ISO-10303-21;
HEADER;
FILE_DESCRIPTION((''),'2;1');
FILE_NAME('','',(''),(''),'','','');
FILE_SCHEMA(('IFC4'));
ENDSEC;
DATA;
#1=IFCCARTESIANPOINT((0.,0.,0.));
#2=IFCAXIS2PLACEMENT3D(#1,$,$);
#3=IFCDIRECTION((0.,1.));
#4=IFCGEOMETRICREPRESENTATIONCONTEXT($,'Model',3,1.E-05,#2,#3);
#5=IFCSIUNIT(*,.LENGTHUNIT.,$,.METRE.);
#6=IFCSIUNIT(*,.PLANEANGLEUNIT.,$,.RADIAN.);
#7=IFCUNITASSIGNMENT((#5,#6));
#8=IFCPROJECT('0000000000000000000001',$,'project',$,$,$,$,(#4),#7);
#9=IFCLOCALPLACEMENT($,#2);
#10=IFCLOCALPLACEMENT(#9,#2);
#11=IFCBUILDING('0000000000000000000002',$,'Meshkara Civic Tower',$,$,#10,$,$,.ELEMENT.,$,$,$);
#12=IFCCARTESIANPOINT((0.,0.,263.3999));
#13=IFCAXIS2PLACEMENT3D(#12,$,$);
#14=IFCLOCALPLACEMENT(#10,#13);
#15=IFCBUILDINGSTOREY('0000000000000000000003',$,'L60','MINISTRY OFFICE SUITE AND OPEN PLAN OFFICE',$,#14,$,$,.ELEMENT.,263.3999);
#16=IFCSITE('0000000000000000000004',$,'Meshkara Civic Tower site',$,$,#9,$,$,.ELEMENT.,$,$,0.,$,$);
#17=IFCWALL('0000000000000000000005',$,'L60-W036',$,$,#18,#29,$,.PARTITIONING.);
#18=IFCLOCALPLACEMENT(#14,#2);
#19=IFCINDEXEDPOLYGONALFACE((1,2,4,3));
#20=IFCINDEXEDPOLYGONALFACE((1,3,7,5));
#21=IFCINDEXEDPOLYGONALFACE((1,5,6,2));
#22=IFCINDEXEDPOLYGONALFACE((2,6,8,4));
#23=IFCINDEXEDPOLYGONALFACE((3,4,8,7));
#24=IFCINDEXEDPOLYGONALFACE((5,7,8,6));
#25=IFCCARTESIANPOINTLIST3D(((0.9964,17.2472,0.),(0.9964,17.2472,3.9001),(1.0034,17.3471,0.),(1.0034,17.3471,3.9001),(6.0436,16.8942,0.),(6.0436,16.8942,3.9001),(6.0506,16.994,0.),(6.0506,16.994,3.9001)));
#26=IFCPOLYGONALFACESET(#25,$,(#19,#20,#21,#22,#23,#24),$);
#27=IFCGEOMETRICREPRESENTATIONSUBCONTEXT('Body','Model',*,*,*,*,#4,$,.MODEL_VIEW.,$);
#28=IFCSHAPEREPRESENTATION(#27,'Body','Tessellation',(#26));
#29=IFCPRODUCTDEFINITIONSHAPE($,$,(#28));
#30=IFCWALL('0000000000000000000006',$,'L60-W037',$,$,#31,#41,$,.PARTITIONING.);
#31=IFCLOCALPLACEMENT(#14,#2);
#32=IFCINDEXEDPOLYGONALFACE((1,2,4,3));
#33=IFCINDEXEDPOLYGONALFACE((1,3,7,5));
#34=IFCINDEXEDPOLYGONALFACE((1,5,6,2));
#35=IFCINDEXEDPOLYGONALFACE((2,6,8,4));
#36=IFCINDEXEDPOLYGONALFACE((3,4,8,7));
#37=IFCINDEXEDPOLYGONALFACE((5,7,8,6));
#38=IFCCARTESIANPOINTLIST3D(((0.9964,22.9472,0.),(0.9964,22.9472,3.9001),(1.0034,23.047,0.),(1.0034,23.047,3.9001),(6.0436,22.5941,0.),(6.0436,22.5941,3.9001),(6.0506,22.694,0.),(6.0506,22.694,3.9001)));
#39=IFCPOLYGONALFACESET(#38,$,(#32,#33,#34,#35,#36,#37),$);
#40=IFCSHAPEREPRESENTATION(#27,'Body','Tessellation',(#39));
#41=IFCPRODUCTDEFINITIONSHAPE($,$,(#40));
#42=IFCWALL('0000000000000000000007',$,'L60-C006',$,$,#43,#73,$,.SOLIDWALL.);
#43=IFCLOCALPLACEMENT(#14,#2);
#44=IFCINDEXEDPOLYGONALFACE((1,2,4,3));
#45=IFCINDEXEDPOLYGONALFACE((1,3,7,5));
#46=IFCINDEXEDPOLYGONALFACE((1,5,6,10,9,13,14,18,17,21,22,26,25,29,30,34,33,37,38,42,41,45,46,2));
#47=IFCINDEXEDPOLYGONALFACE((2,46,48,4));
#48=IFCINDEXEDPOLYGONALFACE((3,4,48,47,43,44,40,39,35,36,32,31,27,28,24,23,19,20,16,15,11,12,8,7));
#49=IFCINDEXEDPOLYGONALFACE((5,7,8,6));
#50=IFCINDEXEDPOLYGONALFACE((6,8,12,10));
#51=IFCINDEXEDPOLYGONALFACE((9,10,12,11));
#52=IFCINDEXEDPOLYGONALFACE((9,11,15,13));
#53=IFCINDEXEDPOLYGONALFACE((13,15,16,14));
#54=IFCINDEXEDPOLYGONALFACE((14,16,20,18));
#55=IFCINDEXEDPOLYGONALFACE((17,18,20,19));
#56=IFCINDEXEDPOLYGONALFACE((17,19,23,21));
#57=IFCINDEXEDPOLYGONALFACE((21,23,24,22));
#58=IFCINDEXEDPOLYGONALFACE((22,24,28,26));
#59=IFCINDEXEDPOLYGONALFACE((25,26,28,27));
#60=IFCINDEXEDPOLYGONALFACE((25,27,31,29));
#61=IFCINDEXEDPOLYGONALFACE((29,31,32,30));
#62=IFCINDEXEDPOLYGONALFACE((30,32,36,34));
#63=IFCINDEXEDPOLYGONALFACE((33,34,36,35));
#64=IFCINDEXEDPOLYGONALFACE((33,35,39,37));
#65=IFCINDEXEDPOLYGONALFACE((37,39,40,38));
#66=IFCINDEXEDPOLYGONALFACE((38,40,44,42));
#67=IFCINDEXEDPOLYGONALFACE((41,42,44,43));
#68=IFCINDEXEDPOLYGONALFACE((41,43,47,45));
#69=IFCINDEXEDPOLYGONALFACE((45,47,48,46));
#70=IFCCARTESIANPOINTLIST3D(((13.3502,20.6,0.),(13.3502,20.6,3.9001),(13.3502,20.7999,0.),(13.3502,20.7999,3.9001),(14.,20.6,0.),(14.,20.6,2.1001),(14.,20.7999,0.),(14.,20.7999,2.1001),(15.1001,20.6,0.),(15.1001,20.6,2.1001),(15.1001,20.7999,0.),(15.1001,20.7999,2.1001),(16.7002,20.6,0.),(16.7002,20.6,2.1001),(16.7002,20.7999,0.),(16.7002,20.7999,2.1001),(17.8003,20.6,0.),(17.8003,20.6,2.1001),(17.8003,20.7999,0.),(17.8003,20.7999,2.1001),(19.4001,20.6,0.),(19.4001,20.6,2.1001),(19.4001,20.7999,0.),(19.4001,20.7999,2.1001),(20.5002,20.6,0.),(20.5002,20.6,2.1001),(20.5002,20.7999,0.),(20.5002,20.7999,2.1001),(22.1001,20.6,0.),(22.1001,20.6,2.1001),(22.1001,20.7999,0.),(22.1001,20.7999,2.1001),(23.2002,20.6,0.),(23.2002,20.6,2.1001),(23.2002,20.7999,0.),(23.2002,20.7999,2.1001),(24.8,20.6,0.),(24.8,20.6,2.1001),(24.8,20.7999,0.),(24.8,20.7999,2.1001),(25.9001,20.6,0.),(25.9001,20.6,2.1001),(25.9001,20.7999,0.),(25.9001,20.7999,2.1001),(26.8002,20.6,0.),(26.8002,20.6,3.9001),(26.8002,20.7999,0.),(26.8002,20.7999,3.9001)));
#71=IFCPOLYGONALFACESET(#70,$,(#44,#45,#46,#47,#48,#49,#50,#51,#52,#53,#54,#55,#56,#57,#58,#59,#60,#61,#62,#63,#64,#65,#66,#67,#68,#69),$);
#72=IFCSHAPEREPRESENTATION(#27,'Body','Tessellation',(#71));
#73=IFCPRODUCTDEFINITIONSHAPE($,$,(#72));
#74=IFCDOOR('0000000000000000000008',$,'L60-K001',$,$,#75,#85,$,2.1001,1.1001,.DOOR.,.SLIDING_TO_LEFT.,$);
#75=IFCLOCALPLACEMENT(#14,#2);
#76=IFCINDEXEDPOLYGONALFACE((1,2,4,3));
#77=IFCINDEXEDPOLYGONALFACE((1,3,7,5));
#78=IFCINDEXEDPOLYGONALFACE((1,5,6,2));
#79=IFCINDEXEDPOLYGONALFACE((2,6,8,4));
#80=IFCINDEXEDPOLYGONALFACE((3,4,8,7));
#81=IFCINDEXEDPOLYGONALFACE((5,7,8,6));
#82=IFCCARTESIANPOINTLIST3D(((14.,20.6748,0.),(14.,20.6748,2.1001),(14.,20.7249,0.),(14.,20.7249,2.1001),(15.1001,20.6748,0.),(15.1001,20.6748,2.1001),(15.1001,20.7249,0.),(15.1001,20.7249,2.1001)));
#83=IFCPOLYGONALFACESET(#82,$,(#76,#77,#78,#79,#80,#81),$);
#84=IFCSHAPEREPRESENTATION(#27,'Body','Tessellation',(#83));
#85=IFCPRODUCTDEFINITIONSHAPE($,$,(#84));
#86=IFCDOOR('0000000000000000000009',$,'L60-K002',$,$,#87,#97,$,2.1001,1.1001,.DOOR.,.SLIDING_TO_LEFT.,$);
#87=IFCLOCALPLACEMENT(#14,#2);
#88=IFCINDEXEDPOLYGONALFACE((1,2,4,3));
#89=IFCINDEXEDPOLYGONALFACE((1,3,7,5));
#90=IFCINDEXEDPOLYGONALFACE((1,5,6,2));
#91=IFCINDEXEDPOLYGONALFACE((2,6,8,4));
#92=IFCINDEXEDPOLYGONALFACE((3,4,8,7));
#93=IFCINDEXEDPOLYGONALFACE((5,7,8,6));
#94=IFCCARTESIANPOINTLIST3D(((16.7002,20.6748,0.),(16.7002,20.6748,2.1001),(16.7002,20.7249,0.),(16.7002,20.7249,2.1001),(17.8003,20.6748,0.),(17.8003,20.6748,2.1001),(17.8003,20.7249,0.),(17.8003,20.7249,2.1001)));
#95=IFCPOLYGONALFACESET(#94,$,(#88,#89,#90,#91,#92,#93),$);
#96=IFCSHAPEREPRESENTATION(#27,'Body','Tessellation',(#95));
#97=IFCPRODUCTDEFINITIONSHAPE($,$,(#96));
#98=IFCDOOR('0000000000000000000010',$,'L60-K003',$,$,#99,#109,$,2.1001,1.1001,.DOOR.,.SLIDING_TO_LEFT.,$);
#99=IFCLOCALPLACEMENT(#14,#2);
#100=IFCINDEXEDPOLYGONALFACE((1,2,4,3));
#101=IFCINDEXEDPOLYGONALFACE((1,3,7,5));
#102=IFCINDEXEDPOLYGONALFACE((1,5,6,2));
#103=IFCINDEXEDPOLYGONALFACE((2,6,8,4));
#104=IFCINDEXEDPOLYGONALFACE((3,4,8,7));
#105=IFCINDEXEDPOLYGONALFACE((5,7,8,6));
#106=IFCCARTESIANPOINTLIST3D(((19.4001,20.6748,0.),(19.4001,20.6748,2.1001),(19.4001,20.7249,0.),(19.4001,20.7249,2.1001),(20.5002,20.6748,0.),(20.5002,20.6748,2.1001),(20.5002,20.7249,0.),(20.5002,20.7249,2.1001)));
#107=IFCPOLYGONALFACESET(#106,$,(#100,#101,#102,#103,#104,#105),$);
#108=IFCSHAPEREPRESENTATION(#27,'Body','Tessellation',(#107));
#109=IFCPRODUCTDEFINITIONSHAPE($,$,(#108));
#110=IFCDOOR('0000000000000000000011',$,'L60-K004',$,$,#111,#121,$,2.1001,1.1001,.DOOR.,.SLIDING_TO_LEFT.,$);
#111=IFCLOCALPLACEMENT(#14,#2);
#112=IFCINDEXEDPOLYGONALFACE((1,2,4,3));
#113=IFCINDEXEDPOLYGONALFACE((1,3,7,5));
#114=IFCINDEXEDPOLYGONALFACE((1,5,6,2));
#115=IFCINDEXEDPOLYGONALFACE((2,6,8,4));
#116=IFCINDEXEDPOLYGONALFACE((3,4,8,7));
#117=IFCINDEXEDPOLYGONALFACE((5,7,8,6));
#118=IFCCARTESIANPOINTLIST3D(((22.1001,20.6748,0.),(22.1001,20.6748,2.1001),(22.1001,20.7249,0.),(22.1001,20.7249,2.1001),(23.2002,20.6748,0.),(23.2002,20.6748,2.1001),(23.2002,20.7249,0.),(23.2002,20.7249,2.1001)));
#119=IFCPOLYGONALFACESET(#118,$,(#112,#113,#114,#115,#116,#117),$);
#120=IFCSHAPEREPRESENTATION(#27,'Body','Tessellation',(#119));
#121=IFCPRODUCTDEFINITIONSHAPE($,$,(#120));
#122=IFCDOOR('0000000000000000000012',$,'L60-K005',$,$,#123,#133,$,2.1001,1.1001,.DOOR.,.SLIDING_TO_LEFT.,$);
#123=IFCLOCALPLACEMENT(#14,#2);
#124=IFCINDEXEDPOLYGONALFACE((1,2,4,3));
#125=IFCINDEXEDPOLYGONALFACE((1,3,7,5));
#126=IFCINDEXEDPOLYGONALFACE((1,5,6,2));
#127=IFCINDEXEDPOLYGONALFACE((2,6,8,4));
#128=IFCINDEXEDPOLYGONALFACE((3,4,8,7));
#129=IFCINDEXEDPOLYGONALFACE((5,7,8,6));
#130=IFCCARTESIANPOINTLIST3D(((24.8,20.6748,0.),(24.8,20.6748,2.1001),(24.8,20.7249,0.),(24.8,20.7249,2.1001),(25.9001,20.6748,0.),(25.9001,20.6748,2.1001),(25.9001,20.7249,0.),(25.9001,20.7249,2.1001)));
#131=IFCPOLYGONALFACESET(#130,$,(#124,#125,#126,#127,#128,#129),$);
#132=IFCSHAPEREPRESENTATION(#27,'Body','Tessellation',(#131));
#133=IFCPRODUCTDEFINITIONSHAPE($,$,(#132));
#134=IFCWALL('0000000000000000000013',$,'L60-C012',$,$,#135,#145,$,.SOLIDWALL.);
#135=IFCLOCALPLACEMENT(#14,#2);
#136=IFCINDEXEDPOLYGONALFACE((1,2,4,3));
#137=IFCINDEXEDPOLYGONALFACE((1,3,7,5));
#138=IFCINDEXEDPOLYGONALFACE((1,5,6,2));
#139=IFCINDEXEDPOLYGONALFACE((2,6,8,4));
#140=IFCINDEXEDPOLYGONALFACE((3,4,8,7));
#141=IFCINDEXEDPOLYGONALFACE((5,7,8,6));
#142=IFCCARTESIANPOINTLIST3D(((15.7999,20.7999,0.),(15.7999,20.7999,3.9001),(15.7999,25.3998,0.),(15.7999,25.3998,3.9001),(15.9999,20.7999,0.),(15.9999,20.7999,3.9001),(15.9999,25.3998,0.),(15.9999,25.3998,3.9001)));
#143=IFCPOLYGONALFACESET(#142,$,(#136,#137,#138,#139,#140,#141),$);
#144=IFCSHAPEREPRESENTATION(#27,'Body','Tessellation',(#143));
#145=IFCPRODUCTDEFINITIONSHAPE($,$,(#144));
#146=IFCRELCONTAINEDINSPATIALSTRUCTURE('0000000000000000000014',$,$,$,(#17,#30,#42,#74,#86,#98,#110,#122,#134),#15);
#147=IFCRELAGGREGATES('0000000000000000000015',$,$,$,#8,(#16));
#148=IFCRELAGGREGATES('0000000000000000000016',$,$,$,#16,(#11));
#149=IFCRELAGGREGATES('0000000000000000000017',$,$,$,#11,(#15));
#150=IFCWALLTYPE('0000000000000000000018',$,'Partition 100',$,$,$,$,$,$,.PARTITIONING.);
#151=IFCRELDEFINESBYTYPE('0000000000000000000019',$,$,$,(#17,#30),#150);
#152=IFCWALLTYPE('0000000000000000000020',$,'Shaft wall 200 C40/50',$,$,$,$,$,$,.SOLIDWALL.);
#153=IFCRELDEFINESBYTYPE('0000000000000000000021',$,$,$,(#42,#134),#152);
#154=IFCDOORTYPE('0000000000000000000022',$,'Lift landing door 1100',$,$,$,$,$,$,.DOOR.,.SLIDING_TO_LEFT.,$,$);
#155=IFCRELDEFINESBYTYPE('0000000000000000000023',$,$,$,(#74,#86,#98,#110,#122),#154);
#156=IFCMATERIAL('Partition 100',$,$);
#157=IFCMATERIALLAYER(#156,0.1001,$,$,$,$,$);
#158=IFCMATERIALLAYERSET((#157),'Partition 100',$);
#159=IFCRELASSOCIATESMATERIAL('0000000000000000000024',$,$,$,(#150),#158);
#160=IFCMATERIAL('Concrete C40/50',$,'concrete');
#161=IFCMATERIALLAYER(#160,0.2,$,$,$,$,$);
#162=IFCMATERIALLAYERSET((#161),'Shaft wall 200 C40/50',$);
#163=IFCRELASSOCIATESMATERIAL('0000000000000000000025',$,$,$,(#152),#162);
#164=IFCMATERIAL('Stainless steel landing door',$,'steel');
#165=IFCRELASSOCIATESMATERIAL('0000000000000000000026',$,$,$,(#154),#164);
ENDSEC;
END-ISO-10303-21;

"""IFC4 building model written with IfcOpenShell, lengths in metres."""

from ifc_helpers import new_model, si_unit, direction, frame, frame_2d, origin, place, context, subcontext, project, spatial, rectangle, extrude, material, layer, layer_set, type_object, element, fill, save


model = new_model("IFC4")

# Units and contexts
model_context = context("Model", 3, precision=1e-05, world=origin(), true_north=direction((0.0, 1.0)))
body_context = subcontext(model_context, "Body", "Model", "MODEL_VIEW")
ifc_project = project(units=[si_unit("LENGTHUNIT", "METRE"), si_unit("PLANEANGLEUNIT", "RADIAN")], contexts=[model_context])

# Site, building, storey
site_placement = place(None, origin())
site = spatial("IfcSite", under=ifc_project, at=site_placement, Name="Meshkara Civic Tower site", CompositionType="ELEMENT", RefElevation=0.0)
building_placement = place(site_placement, origin())
building = spatial("IfcBuilding", under=site, at=building_placement, Name="Meshkara Civic Tower", CompositionType="ELEMENT")
storey_placement = place(building_placement, frame((0.0, 0.0, 263.3999)))
storey = spatial("IfcBuildingStorey", under=building, at=storey_placement, Name="L60", Description="MINISTRY OFFICE SUITE AND OPEN PLAN OFFICE", CompositionType="ELEMENT", Elevation=263.3999)

# Walls
ifc_material_1 = material(Name="Partition 100")
ifc_layer_1 = layer(ifc_material_1, 0.1001)
ifc_layer_set_1 = layer_set([ifc_layer_1], Name="Partition 100")
wall_type_1 = type_object("IfcWallType", Name="Partition 100", PredefinedType="PARTITIONING", material=ifc_layer_set_1)
for number, where, z_axis, x_axis, name in (
    (1, (6.0471, 16.9441, 0.0), (0.0, 0.0, 1.0), (-0.997563, 0.069776, 0.0), "L60-W036"),
    (2, (6.0471, 22.644, 0.0), (0.0, 0.0, 1.0), (-0.997563, 0.069776, 0.0), "L60-W037"),
):
    element("IfcWall", number, at=place(storey_placement, frame(where, z_axis=z_axis, x_axis=x_axis)), inside=storey, type_object=wall_type_1, Name=name, PredefinedType="PARTITIONING", context=body_context, shape_type="SweptSolid", body=[
        extrude(rectangle(XDim=5.0596, YDim=0.1001, at=frame_2d((2.5298, 0.0))), origin(), (0.0, 0.0, 1.0), 3.9001),
    ])

# Wall, openings, doors
ifc_material_2 = material(Name="Concrete C40/50", Category="concrete")
ifc_layer_2 = layer(ifc_material_2, 0.2)
ifc_layer_set_2 = layer_set([ifc_layer_2], Name="Shaft wall 200 C40/50")
wall_type_2 = type_object("IfcWallType", Name="Shaft wall 200 C40/50", PredefinedType="SOLIDWALL", material=ifc_layer_set_2)
wall_1_placement = place(storey_placement, frame((13.3501, 20.7, 0.0), z_axis=(0.0, 0.0, 1.0), x_axis=(1.0, 0.0, 0.0)))
wall_1 = element("IfcWall", 3, at=wall_1_placement, inside=storey, type_object=wall_type_2, Name="L60-C006", PredefinedType="SOLIDWALL", context=body_context, shape_type="SweptSolid", body=[
    extrude(rectangle(XDim=13.45, YDim=0.2, at=frame_2d((6.7251, 0.0))), origin(), (0.0, 0.0, 1.0), 3.9001),
])
opening_1_placement = place(wall_1_placement, frame((0.6499, 0.0, 0.0)))
opening_1 = element("IfcOpeningElement", 4, at=opening_1_placement, cuts=wall_1, PredefinedType="OPENING", context=body_context, shape_type="SweptSolid", body=[
    extrude(rectangle(XDim=1.1001, YDim=2.1001, at=frame_2d((0.55, 1.05))), frame((0.0, 0.1099, 0.0), z_axis=(0.0, -1.0, 0.0), x_axis=(1.0, 0.0, 0.0)), (0.0, 0.0, 1.0), 0.22),
])
opening_2_placement = place(wall_1_placement, frame((3.3501, 0.0, 0.0)))
opening_2 = element("IfcOpeningElement", 5, at=opening_2_placement, cuts=wall_1, PredefinedType="OPENING", context=body_context, shape_type="SweptSolid", body=[
    extrude(rectangle(XDim=1.1001, YDim=2.1001, at=frame_2d((0.55, 1.05))), frame((0.0, 0.1099, 0.0), z_axis=(0.0, -1.0, 0.0), x_axis=(1.0, 0.0, 0.0)), (0.0, 0.0, 1.0), 0.22),
])
opening_3_placement = place(wall_1_placement, frame((6.05, 0.0, 0.0)))
opening_3 = element("IfcOpeningElement", 6, at=opening_3_placement, cuts=wall_1, PredefinedType="OPENING", context=body_context, shape_type="SweptSolid", body=[
    extrude(rectangle(XDim=1.1001, YDim=2.1001, at=frame_2d((0.55, 1.05))), frame((0.0, 0.1099, 0.0), z_axis=(0.0, -1.0, 0.0), x_axis=(1.0, 0.0, 0.0)), (0.0, 0.0, 1.0), 0.22),
])
opening_4_placement = place(wall_1_placement, frame((8.75, 0.0, 0.0)))
opening_4 = element("IfcOpeningElement", 7, at=opening_4_placement, cuts=wall_1, PredefinedType="OPENING", context=body_context, shape_type="SweptSolid", body=[
    extrude(rectangle(XDim=1.1001, YDim=2.1001, at=frame_2d((0.55, 1.05))), frame((0.0, 0.1099, 0.0), z_axis=(0.0, -1.0, 0.0), x_axis=(1.0, 0.0, 0.0)), (0.0, 0.0, 1.0), 0.22),
])
opening_5_placement = place(wall_1_placement, frame((11.45, 0.0, 0.0)))
opening_5 = element("IfcOpeningElement", 8, at=opening_5_placement, cuts=wall_1, PredefinedType="OPENING", context=body_context, shape_type="SweptSolid", body=[
    extrude(rectangle(XDim=1.1001, YDim=2.1001, at=frame_2d((0.55, 1.05))), frame((0.0, 0.1099, 0.0), z_axis=(0.0, -1.0, 0.0), x_axis=(1.0, 0.0, 0.0)), (0.0, 0.0, 1.0), 0.22),
])
ifc_material_3 = material(Name="Stainless steel landing door", Category="steel")
door_type_1 = type_object("IfcDoorType", Name="Lift landing door 1100", OperationType="SLIDING_TO_LEFT", PredefinedType="DOOR", material=ifc_material_3)
door_1_placement = place(opening_1_placement, origin())
door_1 = element("IfcDoor", 9, at=door_1_placement, inside=storey, type_object=door_type_1, Name="L60-K001", OperationType="SLIDING_TO_LEFT", OverallHeight=2.1001, OverallWidth=1.1001, PredefinedType="DOOR", context=body_context, shape_type="SweptSolid", body=[
    extrude(rectangle(XDim=1.1001, YDim=2.1001, at=frame_2d((0.55, 1.05))), frame((0.0, 0.0249, 0.0), z_axis=(0.0, -1.0, 0.0), x_axis=(1.0, 0.0, 0.0)), (0.0, 0.0, 1.0), 0.05),
])
fill(opening_1, door_1)
door_2_placement = place(opening_2_placement, origin())
door_2 = element("IfcDoor", 10, at=door_2_placement, inside=storey, type_object=door_type_1, Name="L60-K002", OperationType="SLIDING_TO_LEFT", OverallHeight=2.1001, OverallWidth=1.1001, PredefinedType="DOOR", context=body_context, shape_type="SweptSolid", body=[
    extrude(rectangle(XDim=1.1001, YDim=2.1001, at=frame_2d((0.55, 1.05))), frame((0.0, 0.0249, 0.0), z_axis=(0.0, -1.0, 0.0), x_axis=(1.0, 0.0, 0.0)), (0.0, 0.0, 1.0), 0.05),
])
fill(opening_2, door_2)
door_3_placement = place(opening_3_placement, origin())
door_3 = element("IfcDoor", 11, at=door_3_placement, inside=storey, type_object=door_type_1, Name="L60-K003", OperationType="SLIDING_TO_LEFT", OverallHeight=2.1001, OverallWidth=1.1001, PredefinedType="DOOR", context=body_context, shape_type="SweptSolid", body=[
    extrude(rectangle(XDim=1.1001, YDim=2.1001, at=frame_2d((0.55, 1.05))), frame((0.0, 0.0249, 0.0), z_axis=(0.0, -1.0, 0.0), x_axis=(1.0, 0.0, 0.0)), (0.0, 0.0, 1.0), 0.05),
])
fill(opening_3, door_3)
door_4_placement = place(opening_4_placement, origin())
door_4 = element("IfcDoor", 12, at=door_4_placement, inside=storey, type_object=door_type_1, Name="L60-K004", OperationType="SLIDING_TO_LEFT", OverallHeight=2.1001, OverallWidth=1.1001, PredefinedType="DOOR", context=body_context, shape_type="SweptSolid", body=[
    extrude(rectangle(XDim=1.1001, YDim=2.1001, at=frame_2d((0.55, 1.05))), frame((0.0, 0.0249, 0.0), z_axis=(0.0, -1.0, 0.0), x_axis=(1.0, 0.0, 0.0)), (0.0, 0.0, 1.0), 0.05),
])
fill(opening_4, door_4)
door_5_placement = place(opening_5_placement, origin())
door_5 = element("IfcDoor", 13, at=door_5_placement, inside=storey, type_object=door_type_1, Name="L60-K005", OperationType="SLIDING_TO_LEFT", OverallHeight=2.1001, OverallWidth=1.1001, PredefinedType="DOOR", context=body_context, shape_type="SweptSolid", body=[
    extrude(rectangle(XDim=1.1001, YDim=2.1001, at=frame_2d((0.55, 1.05))), frame((0.0, 0.0249, 0.0), z_axis=(0.0, -1.0, 0.0), x_axis=(1.0, 0.0, 0.0)), (0.0, 0.0, 1.0), 0.05),
])
fill(opening_5, door_5)

# Wall
wall_2_placement = place(storey_placement, frame((15.8999, 20.8, 0.0), z_axis=(0.0, 0.0, 1.0), x_axis=(0.0, 1.0, 0.0)))
element("IfcWall", 14, at=wall_2_placement, inside=storey, type_object=wall_type_2, Name="L60-C012", PredefinedType="SOLIDWALL", context=body_context, shape_type="SweptSolid", body=[
    extrude(rectangle(XDim=4.5999, YDim=0.2, at=frame_2d((2.2998, 0.0))), origin(), (0.0, 0.0, 1.0), 3.9001),
])

save(model, "model.ifc")
